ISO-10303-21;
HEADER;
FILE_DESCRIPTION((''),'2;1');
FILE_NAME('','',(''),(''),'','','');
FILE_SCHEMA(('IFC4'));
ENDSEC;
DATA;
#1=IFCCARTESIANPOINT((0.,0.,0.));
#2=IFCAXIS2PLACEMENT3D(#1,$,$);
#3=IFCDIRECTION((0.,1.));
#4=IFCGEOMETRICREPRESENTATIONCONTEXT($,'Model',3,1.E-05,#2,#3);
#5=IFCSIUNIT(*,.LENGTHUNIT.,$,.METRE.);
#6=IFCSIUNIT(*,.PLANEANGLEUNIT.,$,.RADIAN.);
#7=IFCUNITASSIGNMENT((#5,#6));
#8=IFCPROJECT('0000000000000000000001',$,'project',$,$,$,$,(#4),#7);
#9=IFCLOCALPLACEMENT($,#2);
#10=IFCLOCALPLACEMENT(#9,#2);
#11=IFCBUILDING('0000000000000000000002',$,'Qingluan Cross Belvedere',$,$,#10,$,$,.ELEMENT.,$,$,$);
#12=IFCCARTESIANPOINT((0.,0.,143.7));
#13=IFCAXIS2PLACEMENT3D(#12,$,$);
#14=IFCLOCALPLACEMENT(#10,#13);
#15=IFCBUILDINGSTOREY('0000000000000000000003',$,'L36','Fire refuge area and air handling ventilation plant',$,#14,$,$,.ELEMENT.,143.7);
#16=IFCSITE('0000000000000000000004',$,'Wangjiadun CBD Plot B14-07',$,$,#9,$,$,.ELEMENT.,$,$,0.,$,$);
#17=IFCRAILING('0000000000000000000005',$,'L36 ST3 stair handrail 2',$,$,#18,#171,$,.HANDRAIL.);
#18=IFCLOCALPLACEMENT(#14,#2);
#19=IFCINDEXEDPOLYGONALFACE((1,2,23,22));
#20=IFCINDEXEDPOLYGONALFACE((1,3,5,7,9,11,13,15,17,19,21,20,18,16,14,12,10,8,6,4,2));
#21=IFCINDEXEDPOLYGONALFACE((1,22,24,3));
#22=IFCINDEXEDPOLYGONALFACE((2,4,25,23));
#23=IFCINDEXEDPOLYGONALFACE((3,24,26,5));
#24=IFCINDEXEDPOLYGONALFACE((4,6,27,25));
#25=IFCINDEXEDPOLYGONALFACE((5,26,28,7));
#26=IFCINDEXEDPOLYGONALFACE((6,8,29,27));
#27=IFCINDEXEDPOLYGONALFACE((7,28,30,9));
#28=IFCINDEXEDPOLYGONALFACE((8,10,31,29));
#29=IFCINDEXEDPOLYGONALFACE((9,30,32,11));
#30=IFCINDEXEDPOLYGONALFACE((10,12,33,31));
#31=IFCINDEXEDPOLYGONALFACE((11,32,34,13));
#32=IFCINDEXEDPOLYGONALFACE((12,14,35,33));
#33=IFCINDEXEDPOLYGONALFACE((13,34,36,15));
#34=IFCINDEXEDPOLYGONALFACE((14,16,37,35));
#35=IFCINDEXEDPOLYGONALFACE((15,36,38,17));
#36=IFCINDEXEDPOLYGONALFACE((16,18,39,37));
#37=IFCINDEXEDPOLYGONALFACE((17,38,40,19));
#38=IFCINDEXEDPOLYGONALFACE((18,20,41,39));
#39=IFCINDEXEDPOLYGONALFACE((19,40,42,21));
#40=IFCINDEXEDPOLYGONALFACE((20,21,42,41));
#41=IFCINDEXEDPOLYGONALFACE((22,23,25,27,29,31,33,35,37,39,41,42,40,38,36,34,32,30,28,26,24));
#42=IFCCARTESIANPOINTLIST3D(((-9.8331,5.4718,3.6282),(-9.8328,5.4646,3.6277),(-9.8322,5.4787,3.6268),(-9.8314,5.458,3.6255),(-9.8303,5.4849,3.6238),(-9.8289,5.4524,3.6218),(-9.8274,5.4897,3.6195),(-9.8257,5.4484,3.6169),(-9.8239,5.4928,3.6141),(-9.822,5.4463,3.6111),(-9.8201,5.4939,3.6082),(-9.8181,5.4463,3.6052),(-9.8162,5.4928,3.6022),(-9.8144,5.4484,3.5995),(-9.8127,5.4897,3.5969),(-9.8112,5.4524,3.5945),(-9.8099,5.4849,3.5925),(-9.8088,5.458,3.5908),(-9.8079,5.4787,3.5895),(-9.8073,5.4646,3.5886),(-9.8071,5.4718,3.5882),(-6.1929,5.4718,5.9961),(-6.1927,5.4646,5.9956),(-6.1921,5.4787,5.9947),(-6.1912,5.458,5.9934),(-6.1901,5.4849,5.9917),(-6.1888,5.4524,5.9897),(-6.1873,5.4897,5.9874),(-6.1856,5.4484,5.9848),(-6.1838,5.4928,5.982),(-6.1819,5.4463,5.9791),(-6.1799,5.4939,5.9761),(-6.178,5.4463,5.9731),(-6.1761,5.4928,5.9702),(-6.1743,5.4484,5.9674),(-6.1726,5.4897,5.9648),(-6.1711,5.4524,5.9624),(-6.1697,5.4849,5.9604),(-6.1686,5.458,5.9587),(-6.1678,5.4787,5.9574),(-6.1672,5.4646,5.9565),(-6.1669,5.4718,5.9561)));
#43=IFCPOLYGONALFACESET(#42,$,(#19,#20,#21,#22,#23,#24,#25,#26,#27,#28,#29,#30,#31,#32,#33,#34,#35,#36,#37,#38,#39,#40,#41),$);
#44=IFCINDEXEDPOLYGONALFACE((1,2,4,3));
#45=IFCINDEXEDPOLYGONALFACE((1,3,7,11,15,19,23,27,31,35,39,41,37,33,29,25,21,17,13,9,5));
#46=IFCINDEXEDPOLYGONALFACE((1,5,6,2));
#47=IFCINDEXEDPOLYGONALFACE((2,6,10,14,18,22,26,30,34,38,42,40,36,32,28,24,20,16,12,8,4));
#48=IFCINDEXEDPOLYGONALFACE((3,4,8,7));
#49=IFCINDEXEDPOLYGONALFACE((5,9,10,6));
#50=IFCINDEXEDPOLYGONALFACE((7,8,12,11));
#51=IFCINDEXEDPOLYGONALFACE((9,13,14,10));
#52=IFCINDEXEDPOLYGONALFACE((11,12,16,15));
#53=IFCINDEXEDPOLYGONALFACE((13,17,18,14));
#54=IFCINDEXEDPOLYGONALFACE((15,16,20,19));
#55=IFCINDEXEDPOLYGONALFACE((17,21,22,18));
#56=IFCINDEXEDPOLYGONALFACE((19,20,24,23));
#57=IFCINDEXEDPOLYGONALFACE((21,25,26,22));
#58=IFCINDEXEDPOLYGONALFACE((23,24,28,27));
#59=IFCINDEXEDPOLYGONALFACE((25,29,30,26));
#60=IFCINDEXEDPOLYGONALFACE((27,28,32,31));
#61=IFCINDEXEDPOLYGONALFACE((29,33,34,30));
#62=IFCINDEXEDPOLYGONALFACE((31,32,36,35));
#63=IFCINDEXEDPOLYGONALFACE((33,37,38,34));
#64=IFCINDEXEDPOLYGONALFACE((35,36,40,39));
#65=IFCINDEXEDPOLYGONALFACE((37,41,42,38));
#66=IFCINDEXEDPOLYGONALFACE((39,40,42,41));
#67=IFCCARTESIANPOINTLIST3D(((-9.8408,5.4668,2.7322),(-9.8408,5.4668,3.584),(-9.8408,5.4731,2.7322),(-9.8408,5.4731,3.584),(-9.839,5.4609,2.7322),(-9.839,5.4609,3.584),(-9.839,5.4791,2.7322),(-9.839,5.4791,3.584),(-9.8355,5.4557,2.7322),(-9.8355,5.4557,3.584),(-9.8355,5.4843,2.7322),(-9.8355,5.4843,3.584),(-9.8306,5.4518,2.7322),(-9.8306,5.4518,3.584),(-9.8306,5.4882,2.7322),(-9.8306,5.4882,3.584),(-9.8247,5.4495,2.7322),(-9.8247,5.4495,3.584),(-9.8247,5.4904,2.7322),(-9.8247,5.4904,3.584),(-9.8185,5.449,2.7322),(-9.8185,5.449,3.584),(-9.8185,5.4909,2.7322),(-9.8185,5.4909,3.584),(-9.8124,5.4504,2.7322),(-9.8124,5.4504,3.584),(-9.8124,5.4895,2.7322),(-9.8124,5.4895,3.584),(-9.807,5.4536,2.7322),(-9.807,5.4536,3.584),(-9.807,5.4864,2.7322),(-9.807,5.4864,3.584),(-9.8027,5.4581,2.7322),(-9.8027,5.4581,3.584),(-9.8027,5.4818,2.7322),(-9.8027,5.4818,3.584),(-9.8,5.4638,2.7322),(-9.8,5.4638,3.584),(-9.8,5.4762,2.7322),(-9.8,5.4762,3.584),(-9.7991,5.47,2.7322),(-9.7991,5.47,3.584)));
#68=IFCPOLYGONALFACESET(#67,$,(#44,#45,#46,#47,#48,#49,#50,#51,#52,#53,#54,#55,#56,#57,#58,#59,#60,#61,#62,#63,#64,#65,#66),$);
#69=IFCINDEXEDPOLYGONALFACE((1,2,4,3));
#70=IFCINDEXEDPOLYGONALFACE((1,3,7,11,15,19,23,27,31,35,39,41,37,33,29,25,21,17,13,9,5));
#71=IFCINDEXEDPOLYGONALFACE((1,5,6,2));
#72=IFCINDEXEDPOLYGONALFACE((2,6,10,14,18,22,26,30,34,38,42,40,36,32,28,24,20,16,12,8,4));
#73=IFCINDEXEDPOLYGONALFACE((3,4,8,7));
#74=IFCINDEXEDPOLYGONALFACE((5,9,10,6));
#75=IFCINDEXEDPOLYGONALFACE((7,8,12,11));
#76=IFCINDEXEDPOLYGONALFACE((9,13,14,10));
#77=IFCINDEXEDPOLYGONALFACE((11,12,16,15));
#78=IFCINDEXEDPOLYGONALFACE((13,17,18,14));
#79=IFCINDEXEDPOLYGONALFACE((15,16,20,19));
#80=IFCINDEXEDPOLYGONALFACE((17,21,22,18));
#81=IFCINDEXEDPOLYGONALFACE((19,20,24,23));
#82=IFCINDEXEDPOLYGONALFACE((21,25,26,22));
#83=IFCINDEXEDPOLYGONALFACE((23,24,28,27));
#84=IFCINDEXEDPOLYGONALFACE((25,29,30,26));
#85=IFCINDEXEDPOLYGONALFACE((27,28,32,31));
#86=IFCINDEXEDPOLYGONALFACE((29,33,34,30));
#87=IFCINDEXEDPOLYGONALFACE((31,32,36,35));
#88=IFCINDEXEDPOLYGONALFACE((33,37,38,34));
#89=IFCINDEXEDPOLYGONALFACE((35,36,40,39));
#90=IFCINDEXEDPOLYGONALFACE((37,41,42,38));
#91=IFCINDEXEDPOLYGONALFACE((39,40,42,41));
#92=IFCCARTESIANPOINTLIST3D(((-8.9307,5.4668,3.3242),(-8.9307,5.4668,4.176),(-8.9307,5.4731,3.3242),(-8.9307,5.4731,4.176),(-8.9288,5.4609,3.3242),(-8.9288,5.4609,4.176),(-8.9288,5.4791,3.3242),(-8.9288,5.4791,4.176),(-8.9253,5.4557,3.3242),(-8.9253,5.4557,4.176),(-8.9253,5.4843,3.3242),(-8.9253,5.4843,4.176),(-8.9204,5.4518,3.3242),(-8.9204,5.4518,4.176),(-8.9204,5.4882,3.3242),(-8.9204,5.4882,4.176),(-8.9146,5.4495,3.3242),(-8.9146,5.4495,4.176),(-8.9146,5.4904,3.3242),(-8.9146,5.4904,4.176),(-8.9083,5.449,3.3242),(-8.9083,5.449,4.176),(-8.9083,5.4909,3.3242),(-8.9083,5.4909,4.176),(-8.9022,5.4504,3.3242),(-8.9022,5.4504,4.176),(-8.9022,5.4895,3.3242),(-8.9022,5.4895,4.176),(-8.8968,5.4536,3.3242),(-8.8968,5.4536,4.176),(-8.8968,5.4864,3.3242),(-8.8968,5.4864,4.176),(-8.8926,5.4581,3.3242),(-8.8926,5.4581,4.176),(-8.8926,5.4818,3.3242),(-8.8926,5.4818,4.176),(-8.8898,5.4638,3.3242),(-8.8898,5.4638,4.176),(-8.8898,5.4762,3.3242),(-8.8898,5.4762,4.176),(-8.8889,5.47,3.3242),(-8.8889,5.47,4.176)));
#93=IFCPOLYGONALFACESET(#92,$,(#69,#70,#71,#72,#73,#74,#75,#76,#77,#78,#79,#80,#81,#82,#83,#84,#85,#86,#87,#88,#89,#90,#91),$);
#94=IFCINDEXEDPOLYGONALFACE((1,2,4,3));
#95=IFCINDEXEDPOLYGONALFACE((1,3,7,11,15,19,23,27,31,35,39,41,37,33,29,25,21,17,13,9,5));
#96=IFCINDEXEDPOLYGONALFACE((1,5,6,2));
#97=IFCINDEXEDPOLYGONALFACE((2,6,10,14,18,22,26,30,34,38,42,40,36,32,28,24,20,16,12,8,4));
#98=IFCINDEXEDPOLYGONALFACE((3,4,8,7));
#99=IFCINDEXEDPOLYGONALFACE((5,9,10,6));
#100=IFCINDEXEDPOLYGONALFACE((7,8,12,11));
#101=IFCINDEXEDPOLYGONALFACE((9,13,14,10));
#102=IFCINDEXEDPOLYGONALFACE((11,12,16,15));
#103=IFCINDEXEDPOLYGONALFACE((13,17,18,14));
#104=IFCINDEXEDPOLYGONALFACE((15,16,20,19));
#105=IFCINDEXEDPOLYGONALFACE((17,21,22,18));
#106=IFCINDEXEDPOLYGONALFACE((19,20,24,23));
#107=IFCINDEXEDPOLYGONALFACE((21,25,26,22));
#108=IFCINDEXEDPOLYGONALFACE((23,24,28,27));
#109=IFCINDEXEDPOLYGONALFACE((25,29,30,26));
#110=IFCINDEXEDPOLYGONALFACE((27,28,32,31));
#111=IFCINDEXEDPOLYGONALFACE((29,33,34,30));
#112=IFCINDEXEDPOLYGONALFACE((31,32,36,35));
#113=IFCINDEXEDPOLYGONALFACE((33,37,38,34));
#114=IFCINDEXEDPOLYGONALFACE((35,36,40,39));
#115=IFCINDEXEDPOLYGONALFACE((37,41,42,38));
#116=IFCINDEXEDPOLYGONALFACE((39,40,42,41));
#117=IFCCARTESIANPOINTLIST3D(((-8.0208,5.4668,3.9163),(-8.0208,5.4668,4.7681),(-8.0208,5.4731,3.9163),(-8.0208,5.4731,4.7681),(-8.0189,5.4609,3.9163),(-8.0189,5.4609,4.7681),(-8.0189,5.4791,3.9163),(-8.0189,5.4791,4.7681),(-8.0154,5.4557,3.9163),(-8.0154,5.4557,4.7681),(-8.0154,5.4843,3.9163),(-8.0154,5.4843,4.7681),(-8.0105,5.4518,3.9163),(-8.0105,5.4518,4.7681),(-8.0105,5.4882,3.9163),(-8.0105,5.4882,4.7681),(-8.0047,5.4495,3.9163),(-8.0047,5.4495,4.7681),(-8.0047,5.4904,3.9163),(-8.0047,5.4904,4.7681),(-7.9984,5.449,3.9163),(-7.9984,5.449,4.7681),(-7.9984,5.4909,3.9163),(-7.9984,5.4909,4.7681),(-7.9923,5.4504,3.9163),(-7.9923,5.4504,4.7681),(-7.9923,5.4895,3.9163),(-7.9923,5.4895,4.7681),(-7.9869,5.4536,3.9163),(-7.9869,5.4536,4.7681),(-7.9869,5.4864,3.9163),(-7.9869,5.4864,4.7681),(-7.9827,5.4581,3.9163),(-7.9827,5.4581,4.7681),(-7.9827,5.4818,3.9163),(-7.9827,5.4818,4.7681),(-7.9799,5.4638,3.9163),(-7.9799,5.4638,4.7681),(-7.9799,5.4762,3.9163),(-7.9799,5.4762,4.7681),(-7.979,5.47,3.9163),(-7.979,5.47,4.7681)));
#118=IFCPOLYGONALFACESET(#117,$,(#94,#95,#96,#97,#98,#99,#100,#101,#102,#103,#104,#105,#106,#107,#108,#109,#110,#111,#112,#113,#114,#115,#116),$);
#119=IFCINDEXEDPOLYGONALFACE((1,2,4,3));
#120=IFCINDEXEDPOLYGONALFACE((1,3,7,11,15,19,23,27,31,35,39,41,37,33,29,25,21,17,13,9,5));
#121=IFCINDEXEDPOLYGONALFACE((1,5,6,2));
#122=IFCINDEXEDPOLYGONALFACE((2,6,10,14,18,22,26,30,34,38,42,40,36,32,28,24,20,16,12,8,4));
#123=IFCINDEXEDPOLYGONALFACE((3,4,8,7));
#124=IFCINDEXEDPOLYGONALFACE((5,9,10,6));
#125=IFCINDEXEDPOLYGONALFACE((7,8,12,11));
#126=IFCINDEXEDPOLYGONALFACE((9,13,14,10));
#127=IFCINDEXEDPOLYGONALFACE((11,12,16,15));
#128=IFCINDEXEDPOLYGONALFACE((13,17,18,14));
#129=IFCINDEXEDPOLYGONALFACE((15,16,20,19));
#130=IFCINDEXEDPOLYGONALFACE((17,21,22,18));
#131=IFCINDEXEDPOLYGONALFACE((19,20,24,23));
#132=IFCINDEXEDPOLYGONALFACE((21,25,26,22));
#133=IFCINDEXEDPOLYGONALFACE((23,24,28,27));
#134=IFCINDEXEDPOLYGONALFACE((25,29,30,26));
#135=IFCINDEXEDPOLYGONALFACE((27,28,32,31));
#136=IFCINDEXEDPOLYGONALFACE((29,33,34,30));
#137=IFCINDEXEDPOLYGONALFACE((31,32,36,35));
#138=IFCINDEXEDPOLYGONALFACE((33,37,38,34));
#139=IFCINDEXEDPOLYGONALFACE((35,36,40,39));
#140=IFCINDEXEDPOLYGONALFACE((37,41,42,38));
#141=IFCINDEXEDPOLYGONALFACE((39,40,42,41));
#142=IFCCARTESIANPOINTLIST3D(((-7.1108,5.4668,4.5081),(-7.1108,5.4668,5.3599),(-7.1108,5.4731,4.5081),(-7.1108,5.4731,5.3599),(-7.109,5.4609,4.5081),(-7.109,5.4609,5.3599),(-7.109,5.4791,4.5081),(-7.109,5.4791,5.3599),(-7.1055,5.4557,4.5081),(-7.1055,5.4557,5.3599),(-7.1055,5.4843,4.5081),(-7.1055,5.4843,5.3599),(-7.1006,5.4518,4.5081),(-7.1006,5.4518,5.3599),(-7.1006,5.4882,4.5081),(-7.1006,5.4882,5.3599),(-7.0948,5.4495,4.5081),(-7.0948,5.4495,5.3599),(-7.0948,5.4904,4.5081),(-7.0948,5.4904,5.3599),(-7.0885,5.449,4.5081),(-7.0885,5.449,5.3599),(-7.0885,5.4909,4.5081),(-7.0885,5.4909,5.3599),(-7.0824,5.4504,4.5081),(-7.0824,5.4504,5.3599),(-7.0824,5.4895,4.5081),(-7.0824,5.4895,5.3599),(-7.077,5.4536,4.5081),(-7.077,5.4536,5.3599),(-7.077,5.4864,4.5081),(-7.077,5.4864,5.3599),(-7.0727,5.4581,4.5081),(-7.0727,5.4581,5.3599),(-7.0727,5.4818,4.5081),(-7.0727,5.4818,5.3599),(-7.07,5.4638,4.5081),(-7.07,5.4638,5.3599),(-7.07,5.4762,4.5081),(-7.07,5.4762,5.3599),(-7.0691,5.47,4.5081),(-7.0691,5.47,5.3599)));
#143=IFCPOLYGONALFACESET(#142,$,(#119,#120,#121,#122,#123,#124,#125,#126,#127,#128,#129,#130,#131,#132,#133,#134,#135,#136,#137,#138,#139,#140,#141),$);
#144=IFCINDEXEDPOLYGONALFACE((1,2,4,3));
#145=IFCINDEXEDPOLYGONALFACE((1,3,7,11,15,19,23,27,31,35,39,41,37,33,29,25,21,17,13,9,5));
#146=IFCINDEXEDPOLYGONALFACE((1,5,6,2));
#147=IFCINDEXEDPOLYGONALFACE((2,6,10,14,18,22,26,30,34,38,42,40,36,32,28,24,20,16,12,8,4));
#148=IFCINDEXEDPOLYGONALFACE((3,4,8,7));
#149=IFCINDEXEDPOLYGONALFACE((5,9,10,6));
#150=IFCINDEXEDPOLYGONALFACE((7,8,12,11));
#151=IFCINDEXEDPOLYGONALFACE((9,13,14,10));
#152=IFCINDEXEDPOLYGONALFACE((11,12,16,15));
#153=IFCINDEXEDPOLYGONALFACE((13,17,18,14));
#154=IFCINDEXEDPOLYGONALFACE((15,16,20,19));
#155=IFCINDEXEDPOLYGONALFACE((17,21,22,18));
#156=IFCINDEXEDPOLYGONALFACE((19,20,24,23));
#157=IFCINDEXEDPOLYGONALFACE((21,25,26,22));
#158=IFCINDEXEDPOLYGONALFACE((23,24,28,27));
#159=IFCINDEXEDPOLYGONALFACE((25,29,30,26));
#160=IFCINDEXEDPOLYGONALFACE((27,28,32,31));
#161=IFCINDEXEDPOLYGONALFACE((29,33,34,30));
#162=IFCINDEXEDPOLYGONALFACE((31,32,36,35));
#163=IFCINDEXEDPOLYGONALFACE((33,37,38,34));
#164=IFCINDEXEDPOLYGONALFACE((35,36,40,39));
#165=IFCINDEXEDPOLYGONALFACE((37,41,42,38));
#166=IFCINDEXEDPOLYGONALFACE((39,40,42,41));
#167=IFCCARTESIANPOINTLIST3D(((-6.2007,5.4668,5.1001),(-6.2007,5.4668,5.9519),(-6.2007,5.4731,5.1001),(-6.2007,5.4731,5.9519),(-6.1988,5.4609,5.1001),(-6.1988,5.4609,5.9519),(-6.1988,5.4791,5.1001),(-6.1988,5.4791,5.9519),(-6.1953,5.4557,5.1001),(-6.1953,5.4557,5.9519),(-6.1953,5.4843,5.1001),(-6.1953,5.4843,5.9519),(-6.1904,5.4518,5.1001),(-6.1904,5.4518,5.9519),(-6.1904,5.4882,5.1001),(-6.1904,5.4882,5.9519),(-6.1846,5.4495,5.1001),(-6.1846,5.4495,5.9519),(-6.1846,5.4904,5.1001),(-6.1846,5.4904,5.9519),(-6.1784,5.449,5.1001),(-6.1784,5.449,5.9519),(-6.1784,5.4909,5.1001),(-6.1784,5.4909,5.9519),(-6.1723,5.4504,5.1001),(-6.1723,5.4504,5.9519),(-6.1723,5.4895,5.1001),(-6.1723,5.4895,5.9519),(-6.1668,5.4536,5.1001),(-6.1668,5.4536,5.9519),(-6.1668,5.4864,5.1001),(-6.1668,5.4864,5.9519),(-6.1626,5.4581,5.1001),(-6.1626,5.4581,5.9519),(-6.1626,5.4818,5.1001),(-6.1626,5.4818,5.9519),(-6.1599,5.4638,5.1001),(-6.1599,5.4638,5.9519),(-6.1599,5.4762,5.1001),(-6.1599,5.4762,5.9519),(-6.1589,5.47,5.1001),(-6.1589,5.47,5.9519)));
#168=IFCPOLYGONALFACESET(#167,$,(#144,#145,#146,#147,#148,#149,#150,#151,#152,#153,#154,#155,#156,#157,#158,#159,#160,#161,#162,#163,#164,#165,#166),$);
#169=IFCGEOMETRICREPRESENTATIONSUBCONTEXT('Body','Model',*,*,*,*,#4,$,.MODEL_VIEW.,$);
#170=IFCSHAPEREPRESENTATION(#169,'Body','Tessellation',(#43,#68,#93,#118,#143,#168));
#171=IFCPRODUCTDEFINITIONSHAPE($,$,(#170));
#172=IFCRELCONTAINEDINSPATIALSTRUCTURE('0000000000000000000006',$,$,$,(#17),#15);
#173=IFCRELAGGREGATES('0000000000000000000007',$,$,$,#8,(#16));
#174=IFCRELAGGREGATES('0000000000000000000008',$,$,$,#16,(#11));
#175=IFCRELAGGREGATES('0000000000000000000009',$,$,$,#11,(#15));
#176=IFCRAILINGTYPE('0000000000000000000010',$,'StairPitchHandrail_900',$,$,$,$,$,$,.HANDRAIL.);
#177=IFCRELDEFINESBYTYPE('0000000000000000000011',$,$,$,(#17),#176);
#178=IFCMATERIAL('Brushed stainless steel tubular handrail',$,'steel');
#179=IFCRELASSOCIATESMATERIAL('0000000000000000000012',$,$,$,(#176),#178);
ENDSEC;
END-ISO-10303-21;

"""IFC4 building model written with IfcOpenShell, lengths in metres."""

from ifc_helpers import new_model, si_unit, direction, frame, origin, origin_2d, place, context, subcontext, project, spatial, circle, extrude, material, type_object, element, save


model = new_model("IFC4")

# Units and contexts
model_context = context("Model", 3, precision=1e-05, world=origin(), true_north=direction((0.0, 1.0)))
body_context = subcontext(model_context, "Body", "Model", "MODEL_VIEW")
ifc_project = project(units=[si_unit("LENGTHUNIT", "METRE"), si_unit("PLANEANGLEUNIT", "RADIAN")], contexts=[model_context])

# Site, building, storey
site_placement = place(None, origin())
site = spatial("IfcSite", under=ifc_project, at=site_placement, Name="Wangjiadun CBD Plot B14-07", CompositionType="ELEMENT", RefElevation=0.0)
building_placement = place(site_placement, origin())
building = spatial("IfcBuilding", under=site, at=building_placement, Name="Qingluan Cross Belvedere", CompositionType="ELEMENT")
storey_placement = place(building_placement, frame((0.0, 0.0, 143.7)))
storey = spatial("IfcBuildingStorey", under=building, at=storey_placement, Name="L36", Description="Fire refuge area and air handling ventilation plant", CompositionType="ELEMENT", Elevation=143.7)

# Railing
ifc_material_1 = material(Name="Brushed stainless steel tubular handrail", Category="steel")
railing_type_1 = type_object("IfcRailingType", Name="StairPitchHandrail_900", PredefinedType="HANDRAIL", material=ifc_material_1)
railing_1_placement = place(storey_placement, frame((-9.8201, 5.47, 2.7322)))
element("IfcRailing", 1, at=railing_1_placement, inside=storey, type_object=railing_type_1, Name="L36 ST3 stair handrail 2", PredefinedType="HANDRAIL", context=body_context, shape_type="SweptSolid", body=[
    extrude(circle(Radius=0.0239, at=origin_2d()), frame((0.0, 0.0, 0.876), z_axis=(0.838251, 0.0, 0.545285), x_axis=(0.0, 1.0, 0.0)), (0.0, 0.0, 1.0), 4.3425),
    extrude(circle(Radius=0.021, at=origin_2d()), origin(), (0.0, 0.0, 1.0), 0.8518),
    extrude(circle(Radius=0.021, at=origin_2d()), frame((0.9102, 0.0, 0.592)), (0.0, 0.0, 1.0), 0.8518),
    extrude(circle(Radius=0.021, at=origin_2d()), frame((1.8201, 0.0, 1.1841)), (0.0, 0.0, 1.0), 0.8518),
    extrude(circle(Radius=0.021, at=origin_2d()), frame((2.73, 0.0, 1.7759)), (0.0, 0.0, 1.0), 0.8518),
    extrude(circle(Radius=0.021, at=origin_2d()), frame((3.6401, 0.0, 2.3679)), (0.0, 0.0, 1.0), 0.8518),
])

save(model, "model.ifc")
